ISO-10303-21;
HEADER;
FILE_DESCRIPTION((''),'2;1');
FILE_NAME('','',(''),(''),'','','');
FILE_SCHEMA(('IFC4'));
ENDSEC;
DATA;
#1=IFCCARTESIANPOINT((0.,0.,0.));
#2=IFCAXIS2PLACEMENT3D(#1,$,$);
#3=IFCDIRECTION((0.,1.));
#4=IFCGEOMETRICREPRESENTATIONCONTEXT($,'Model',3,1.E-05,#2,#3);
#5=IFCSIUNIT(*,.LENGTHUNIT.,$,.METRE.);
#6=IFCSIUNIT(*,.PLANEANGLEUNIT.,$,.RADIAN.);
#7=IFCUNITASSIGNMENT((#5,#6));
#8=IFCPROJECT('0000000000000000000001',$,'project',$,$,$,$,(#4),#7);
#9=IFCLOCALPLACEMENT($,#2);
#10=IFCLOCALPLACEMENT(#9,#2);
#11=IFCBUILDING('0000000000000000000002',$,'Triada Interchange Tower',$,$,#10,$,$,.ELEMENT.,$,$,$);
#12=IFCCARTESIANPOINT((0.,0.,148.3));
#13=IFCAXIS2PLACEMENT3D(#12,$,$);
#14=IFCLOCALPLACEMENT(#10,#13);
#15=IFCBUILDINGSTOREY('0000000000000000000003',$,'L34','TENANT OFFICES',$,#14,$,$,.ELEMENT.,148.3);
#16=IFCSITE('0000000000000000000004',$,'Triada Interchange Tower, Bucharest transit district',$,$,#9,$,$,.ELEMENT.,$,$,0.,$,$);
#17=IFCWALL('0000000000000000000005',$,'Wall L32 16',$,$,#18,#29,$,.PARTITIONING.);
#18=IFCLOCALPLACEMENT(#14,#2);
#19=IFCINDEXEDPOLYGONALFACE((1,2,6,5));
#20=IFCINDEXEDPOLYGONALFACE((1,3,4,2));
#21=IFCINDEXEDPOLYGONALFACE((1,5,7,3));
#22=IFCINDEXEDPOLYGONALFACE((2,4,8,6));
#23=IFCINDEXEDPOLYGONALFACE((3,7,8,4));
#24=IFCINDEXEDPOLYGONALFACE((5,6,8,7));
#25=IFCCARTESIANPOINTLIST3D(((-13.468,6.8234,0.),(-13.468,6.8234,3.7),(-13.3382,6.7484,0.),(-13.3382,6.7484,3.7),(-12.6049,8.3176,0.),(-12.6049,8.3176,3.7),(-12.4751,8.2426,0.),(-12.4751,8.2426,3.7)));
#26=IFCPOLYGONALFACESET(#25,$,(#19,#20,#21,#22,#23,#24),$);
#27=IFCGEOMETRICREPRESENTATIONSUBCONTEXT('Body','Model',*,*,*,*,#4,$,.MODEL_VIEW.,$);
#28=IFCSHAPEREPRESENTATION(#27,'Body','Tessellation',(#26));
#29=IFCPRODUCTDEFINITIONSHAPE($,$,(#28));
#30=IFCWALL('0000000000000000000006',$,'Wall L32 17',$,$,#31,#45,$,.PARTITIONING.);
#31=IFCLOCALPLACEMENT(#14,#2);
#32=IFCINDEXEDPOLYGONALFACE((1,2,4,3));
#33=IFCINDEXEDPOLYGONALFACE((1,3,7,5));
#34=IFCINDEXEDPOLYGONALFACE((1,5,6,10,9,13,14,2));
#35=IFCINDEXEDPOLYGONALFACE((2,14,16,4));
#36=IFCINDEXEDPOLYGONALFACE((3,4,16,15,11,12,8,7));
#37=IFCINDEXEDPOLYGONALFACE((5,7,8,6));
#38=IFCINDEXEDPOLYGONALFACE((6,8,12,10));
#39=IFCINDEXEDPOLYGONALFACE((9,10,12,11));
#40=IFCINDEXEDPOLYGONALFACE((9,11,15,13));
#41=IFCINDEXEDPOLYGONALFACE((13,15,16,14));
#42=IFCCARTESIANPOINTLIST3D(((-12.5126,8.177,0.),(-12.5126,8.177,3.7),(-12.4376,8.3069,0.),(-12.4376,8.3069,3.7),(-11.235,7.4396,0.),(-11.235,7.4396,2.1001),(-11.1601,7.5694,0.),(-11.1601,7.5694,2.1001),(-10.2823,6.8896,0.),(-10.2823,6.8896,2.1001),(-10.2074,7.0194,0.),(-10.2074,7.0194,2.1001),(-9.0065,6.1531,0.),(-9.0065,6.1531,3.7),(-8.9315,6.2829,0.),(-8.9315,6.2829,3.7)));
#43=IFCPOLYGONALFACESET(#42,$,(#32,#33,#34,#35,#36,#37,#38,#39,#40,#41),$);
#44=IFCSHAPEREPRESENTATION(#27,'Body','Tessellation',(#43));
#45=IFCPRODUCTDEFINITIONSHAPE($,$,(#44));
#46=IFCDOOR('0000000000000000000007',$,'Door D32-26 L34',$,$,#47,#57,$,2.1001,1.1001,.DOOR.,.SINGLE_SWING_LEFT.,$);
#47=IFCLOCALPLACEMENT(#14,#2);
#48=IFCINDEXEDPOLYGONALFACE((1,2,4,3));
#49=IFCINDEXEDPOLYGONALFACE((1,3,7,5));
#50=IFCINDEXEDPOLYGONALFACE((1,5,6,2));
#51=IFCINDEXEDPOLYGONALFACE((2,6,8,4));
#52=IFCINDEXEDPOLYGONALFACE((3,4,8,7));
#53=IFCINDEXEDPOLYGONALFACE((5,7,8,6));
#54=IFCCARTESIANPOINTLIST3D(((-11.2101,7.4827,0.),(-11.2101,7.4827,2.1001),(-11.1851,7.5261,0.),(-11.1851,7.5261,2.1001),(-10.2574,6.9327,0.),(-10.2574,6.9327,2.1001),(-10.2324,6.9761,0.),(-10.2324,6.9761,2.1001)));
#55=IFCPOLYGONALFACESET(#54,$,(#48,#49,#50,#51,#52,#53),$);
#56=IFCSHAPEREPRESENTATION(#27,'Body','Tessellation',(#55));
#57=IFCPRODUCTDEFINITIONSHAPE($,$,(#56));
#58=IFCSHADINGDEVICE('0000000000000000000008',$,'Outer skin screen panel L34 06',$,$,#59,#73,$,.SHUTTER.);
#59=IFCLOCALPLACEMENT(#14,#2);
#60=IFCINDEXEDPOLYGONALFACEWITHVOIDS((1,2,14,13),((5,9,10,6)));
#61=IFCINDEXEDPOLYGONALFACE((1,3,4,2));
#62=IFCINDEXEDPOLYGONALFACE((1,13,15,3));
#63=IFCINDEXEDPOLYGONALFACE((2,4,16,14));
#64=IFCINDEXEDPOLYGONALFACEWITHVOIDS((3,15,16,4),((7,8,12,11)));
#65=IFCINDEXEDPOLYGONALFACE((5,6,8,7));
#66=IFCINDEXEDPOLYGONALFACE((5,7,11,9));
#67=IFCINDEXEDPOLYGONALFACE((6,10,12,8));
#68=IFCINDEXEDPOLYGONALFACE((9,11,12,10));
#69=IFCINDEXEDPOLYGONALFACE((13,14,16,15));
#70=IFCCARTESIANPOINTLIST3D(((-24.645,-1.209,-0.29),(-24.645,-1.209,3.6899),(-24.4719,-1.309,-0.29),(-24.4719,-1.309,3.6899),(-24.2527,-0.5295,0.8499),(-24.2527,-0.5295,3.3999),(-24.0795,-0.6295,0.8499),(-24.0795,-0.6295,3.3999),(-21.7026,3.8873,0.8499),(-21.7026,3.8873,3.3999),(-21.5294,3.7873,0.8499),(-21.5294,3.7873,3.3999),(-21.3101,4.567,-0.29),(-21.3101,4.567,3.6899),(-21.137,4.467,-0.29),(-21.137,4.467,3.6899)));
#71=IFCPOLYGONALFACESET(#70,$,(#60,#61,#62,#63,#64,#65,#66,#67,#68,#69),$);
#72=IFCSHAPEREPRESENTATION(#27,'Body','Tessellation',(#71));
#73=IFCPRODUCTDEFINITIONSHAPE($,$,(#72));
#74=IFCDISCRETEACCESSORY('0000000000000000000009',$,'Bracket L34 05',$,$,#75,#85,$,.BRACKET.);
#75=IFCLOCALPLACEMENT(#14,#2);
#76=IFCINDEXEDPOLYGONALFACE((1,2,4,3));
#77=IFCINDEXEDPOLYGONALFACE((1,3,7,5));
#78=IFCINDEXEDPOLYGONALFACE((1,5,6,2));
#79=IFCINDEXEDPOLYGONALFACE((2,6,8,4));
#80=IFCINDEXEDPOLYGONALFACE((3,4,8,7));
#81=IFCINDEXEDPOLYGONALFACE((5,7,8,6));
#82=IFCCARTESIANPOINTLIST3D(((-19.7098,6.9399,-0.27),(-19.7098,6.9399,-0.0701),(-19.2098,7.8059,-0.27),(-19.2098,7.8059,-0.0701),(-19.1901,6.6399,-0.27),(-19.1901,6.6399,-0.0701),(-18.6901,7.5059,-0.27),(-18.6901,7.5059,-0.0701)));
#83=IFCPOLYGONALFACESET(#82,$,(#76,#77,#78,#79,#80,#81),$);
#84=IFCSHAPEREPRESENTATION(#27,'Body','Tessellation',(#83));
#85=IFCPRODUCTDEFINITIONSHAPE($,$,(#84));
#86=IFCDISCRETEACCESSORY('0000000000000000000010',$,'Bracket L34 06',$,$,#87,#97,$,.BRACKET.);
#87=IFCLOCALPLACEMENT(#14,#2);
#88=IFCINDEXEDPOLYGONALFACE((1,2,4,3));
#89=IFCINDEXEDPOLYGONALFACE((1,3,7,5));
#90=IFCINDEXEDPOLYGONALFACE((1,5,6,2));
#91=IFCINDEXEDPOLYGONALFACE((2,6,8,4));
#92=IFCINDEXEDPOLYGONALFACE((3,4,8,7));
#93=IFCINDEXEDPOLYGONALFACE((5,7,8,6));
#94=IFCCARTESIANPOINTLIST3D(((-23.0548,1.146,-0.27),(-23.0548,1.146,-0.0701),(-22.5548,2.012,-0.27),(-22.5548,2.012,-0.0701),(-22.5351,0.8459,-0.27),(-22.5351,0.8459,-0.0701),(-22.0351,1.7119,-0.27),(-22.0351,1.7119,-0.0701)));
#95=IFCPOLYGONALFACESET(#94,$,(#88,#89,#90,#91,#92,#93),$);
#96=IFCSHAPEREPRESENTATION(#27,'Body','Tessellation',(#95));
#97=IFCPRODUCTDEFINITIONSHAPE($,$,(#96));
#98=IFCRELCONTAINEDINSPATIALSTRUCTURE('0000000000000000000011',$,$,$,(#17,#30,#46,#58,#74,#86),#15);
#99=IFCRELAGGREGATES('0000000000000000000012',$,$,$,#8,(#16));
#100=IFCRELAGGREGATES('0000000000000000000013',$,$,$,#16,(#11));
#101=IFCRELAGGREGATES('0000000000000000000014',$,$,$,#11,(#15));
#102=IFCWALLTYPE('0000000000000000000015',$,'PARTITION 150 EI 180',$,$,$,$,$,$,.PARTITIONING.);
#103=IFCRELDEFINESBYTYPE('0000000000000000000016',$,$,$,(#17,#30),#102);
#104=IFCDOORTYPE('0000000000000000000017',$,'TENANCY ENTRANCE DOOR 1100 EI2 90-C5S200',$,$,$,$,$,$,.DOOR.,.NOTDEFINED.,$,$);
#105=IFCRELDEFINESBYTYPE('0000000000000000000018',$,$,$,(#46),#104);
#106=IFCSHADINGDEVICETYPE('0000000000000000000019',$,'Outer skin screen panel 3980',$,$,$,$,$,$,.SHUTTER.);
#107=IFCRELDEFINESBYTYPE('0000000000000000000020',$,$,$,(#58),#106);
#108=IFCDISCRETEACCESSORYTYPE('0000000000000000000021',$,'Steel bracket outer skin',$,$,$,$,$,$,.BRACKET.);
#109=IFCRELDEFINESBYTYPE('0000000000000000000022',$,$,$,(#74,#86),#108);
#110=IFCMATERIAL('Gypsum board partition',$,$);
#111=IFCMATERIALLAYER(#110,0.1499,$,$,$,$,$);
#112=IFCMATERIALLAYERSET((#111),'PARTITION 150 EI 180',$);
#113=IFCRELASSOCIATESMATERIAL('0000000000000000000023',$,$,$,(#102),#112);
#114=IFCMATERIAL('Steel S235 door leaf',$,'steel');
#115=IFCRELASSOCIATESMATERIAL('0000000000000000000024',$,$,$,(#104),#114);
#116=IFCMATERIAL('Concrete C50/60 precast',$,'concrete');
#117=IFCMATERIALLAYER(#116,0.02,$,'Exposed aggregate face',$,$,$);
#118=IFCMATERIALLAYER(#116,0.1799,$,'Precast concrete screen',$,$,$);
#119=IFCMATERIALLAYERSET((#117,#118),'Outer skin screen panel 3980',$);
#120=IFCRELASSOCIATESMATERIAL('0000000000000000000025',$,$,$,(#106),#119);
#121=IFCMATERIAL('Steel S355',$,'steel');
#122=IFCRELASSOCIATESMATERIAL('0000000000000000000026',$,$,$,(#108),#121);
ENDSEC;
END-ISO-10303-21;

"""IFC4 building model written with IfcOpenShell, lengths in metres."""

from ifc_helpers import new_model, si_unit, direction, frame, frame_2d, origin, origin_2d, place, context, subcontext, project, spatial, polyline, rectangle, outline, extrude, material, layer, layer_set, type_object, element, fill, save


model = new_model("IFC4")

# Units and contexts
model_context = context("Model", 3, precision=1e-05, world=origin(), true_north=direction((0.0, 1.0)))
body_context = subcontext(model_context, "Body", "Model", "MODEL_VIEW")
ifc_project = project(units=[si_unit("LENGTHUNIT", "METRE"), si_unit("PLANEANGLEUNIT", "RADIAN")], contexts=[model_context])

# Site, building, storey
site_placement = place(None, origin())
site = spatial("IfcSite", under=ifc_project, at=site_placement, Name="Triada Interchange Tower, Bucharest transit district", CompositionType="ELEMENT", RefElevation=0.0)
building_placement = place(site_placement, origin())
building = spatial("IfcBuilding", under=site, at=building_placement, Name="Triada Interchange Tower", CompositionType="ELEMENT")
storey_placement = place(building_placement, frame((0.0, 0.0, 148.3)))
storey = spatial("IfcBuildingStorey", under=building, at=storey_placement, Name="L34", Description="TENANT OFFICES", CompositionType="ELEMENT", Elevation=148.3)

# Shared definitions
ifc_material_1 = material(Name="Gypsum board partition")
ifc_layer_1 = layer(ifc_material_1, 0.1499)
ifc_layer_set_1 = layer_set([ifc_layer_1], Name="PARTITION 150 EI 180")
wall_type_1 = type_object("IfcWallType", Name="PARTITION 150 EI 180", PredefinedType="PARTITIONING", material=ifc_layer_set_1)
ifc_material_2 = material(Name="Steel S235 door leaf", Category="steel")
door_type_1 = type_object("IfcDoorType", Name="TENANCY ENTRANCE DOOR 1100 EI2 90-C5S200", OperationType="NOTDEFINED", PredefinedType="DOOR", material=ifc_material_2)

# Wall
wall_1_placement = place(storey_placement, frame((-13.4031, 6.7859, 0.0), z_axis=(0.0, 0.0, 1.0), x_axis=(0.500172, 0.865926, 0.0)))
element("IfcWall", 1, at=wall_1_placement, inside=storey, type_object=wall_type_1, Name="Wall L32 16", PredefinedType="PARTITIONING", context=body_context, shape_type="SweptSolid", body=[
    extrude(rectangle(XDim=1.7256, YDim=0.1499, at=frame_2d((0.8628, 0.0))), origin(), (0.0, 0.0, 1.0), 3.7),
])

# Wall, opening, door
wall_2_placement = place(storey_placement, frame((-12.4751, 8.2419, 0.0), z_axis=(0.0, 0.0, 1.0), x_axis=(0.86606, -0.49994, 0.0)))
wall_2 = element("IfcWall", 2, at=wall_2_placement, inside=storey, type_object=wall_type_1, Name="Wall L32 17", PredefinedType="PARTITIONING", context=body_context, shape_type="SweptSolid", body=[
    extrude(rectangle(XDim=4.0483, YDim=0.1499, at=frame_2d((2.0242, 0.0))), origin(), (0.0, 0.0, 1.0), 3.7),
])
opening_1_placement = place(wall_2_placement, frame((1.4751, 0.0, 0.0)))
opening_1 = element("IfcOpeningElement", 3, at=opening_1_placement, cuts=wall_2, PredefinedType="OPENING", context=body_context, shape_type="SweptSolid", body=[
    extrude(rectangle(XDim=1.1001, YDim=2.1001, at=frame_2d((0.55, 1.05))), frame((0.0, 0.085, 0.0), z_axis=(0.0, -1.0, 0.0), x_axis=(1.0, 0.0, 0.0)), (0.0, 0.0, 1.0), 0.1699),
])
door_1_placement = place(opening_1_placement, origin())
door_1 = element("IfcDoor", 4, at=door_1_placement, inside=storey, type_object=door_type_1, Name="Door D32-26 L34", OperationType="SINGLE_SWING_LEFT", OverallHeight=2.1001, OverallWidth=1.1001, PredefinedType="DOOR", context=body_context, shape_type="SweptSolid", body=[
    extrude(rectangle(XDim=1.1001, YDim=2.1001, at=frame_2d((0.55, 1.05))), frame((0.0, 0.0249, 0.0), z_axis=(0.0, -1.0, 0.0), x_axis=(1.0, 0.0, 0.0)), (0.0, 0.0, 1.0), 0.05),
])
fill(opening_1, door_1)

# Shading device
ifc_material_3 = material(Name="Concrete C50/60 precast", Category="concrete")
ifc_layer_2 = layer(ifc_material_3, 0.02, Name="Exposed aggregate face")
ifc_layer_3 = layer(ifc_material_3, 0.1799, Name="Precast concrete screen")
ifc_layer_set_2 = layer_set([ifc_layer_2, ifc_layer_3], Name="Outer skin screen panel 3980")
shading_device_type = type_object("IfcShadingDeviceType", Name="Outer skin screen panel 3980", PredefinedType="SHUTTER", material=ifc_layer_set_2)
shading_device_placement = place(storey_placement, frame((-21.137, 4.467, -0.29), z_axis=(0.0, 0.0, 1.0), x_axis=(-0.500013, -0.866018, 0.0)))
element("IfcShadingDevice", 5, at=shading_device_placement, inside=storey, type_object=shading_device_type, Name="Outer skin screen panel L34 06", PredefinedType="SHUTTER", context=body_context, shape_type="SweptSolid", body=[
    extrude(outline(polyline([(0.0, 0.0), (6.6697, 0.0), (6.6697, 3.98), (0.0, 3.98), (0.0, 0.0)]), holes=[polyline([(0.7849, 1.1399), (0.7849, 3.6899), (5.885, 3.6899), (5.885, 1.1399), (0.7849, 1.1399)])]), frame((0.0, 0.0, 0.0), z_axis=(0.0, -1.0, 0.0), x_axis=(1.0, 0.0, 0.0)), (0.0, 0.0, 1.0), 0.2),
])

# Discrete accessories
ifc_material_4 = material(Name="Steel S355", Category="steel")
discrete_accessory_type = type_object("IfcDiscreteAccessoryType", Name="Steel bracket outer skin", PredefinedType="BRACKET", material=ifc_material_4)
for number, where, z_axis, x_axis, name in (
    (6, (-19.2, 7.2229, -0.27), (0.0, 0.0, 1.0), (-0.866021, 0.500007, 0.0), "Bracket L34 05"),
    (7, (-22.5449, 1.429, -0.27), (0.0, 0.0, 1.0), (-0.866021, 0.500007, 0.0), "Bracket L34 06"),
):
    element("IfcDiscreteAccessory", number, at=place(storey_placement, frame(where, z_axis=z_axis, x_axis=x_axis)), inside=storey, type_object=discrete_accessory_type, Name=name, PredefinedType="BRACKET", context=body_context, shape_type="SweptSolid", body=[
        extrude(rectangle(XDim=0.6001, YDim=1.0, at=origin_2d()), origin(), (0.0, 0.0, 1.0), 0.2),
    ])

save(model, "model.ifc")
